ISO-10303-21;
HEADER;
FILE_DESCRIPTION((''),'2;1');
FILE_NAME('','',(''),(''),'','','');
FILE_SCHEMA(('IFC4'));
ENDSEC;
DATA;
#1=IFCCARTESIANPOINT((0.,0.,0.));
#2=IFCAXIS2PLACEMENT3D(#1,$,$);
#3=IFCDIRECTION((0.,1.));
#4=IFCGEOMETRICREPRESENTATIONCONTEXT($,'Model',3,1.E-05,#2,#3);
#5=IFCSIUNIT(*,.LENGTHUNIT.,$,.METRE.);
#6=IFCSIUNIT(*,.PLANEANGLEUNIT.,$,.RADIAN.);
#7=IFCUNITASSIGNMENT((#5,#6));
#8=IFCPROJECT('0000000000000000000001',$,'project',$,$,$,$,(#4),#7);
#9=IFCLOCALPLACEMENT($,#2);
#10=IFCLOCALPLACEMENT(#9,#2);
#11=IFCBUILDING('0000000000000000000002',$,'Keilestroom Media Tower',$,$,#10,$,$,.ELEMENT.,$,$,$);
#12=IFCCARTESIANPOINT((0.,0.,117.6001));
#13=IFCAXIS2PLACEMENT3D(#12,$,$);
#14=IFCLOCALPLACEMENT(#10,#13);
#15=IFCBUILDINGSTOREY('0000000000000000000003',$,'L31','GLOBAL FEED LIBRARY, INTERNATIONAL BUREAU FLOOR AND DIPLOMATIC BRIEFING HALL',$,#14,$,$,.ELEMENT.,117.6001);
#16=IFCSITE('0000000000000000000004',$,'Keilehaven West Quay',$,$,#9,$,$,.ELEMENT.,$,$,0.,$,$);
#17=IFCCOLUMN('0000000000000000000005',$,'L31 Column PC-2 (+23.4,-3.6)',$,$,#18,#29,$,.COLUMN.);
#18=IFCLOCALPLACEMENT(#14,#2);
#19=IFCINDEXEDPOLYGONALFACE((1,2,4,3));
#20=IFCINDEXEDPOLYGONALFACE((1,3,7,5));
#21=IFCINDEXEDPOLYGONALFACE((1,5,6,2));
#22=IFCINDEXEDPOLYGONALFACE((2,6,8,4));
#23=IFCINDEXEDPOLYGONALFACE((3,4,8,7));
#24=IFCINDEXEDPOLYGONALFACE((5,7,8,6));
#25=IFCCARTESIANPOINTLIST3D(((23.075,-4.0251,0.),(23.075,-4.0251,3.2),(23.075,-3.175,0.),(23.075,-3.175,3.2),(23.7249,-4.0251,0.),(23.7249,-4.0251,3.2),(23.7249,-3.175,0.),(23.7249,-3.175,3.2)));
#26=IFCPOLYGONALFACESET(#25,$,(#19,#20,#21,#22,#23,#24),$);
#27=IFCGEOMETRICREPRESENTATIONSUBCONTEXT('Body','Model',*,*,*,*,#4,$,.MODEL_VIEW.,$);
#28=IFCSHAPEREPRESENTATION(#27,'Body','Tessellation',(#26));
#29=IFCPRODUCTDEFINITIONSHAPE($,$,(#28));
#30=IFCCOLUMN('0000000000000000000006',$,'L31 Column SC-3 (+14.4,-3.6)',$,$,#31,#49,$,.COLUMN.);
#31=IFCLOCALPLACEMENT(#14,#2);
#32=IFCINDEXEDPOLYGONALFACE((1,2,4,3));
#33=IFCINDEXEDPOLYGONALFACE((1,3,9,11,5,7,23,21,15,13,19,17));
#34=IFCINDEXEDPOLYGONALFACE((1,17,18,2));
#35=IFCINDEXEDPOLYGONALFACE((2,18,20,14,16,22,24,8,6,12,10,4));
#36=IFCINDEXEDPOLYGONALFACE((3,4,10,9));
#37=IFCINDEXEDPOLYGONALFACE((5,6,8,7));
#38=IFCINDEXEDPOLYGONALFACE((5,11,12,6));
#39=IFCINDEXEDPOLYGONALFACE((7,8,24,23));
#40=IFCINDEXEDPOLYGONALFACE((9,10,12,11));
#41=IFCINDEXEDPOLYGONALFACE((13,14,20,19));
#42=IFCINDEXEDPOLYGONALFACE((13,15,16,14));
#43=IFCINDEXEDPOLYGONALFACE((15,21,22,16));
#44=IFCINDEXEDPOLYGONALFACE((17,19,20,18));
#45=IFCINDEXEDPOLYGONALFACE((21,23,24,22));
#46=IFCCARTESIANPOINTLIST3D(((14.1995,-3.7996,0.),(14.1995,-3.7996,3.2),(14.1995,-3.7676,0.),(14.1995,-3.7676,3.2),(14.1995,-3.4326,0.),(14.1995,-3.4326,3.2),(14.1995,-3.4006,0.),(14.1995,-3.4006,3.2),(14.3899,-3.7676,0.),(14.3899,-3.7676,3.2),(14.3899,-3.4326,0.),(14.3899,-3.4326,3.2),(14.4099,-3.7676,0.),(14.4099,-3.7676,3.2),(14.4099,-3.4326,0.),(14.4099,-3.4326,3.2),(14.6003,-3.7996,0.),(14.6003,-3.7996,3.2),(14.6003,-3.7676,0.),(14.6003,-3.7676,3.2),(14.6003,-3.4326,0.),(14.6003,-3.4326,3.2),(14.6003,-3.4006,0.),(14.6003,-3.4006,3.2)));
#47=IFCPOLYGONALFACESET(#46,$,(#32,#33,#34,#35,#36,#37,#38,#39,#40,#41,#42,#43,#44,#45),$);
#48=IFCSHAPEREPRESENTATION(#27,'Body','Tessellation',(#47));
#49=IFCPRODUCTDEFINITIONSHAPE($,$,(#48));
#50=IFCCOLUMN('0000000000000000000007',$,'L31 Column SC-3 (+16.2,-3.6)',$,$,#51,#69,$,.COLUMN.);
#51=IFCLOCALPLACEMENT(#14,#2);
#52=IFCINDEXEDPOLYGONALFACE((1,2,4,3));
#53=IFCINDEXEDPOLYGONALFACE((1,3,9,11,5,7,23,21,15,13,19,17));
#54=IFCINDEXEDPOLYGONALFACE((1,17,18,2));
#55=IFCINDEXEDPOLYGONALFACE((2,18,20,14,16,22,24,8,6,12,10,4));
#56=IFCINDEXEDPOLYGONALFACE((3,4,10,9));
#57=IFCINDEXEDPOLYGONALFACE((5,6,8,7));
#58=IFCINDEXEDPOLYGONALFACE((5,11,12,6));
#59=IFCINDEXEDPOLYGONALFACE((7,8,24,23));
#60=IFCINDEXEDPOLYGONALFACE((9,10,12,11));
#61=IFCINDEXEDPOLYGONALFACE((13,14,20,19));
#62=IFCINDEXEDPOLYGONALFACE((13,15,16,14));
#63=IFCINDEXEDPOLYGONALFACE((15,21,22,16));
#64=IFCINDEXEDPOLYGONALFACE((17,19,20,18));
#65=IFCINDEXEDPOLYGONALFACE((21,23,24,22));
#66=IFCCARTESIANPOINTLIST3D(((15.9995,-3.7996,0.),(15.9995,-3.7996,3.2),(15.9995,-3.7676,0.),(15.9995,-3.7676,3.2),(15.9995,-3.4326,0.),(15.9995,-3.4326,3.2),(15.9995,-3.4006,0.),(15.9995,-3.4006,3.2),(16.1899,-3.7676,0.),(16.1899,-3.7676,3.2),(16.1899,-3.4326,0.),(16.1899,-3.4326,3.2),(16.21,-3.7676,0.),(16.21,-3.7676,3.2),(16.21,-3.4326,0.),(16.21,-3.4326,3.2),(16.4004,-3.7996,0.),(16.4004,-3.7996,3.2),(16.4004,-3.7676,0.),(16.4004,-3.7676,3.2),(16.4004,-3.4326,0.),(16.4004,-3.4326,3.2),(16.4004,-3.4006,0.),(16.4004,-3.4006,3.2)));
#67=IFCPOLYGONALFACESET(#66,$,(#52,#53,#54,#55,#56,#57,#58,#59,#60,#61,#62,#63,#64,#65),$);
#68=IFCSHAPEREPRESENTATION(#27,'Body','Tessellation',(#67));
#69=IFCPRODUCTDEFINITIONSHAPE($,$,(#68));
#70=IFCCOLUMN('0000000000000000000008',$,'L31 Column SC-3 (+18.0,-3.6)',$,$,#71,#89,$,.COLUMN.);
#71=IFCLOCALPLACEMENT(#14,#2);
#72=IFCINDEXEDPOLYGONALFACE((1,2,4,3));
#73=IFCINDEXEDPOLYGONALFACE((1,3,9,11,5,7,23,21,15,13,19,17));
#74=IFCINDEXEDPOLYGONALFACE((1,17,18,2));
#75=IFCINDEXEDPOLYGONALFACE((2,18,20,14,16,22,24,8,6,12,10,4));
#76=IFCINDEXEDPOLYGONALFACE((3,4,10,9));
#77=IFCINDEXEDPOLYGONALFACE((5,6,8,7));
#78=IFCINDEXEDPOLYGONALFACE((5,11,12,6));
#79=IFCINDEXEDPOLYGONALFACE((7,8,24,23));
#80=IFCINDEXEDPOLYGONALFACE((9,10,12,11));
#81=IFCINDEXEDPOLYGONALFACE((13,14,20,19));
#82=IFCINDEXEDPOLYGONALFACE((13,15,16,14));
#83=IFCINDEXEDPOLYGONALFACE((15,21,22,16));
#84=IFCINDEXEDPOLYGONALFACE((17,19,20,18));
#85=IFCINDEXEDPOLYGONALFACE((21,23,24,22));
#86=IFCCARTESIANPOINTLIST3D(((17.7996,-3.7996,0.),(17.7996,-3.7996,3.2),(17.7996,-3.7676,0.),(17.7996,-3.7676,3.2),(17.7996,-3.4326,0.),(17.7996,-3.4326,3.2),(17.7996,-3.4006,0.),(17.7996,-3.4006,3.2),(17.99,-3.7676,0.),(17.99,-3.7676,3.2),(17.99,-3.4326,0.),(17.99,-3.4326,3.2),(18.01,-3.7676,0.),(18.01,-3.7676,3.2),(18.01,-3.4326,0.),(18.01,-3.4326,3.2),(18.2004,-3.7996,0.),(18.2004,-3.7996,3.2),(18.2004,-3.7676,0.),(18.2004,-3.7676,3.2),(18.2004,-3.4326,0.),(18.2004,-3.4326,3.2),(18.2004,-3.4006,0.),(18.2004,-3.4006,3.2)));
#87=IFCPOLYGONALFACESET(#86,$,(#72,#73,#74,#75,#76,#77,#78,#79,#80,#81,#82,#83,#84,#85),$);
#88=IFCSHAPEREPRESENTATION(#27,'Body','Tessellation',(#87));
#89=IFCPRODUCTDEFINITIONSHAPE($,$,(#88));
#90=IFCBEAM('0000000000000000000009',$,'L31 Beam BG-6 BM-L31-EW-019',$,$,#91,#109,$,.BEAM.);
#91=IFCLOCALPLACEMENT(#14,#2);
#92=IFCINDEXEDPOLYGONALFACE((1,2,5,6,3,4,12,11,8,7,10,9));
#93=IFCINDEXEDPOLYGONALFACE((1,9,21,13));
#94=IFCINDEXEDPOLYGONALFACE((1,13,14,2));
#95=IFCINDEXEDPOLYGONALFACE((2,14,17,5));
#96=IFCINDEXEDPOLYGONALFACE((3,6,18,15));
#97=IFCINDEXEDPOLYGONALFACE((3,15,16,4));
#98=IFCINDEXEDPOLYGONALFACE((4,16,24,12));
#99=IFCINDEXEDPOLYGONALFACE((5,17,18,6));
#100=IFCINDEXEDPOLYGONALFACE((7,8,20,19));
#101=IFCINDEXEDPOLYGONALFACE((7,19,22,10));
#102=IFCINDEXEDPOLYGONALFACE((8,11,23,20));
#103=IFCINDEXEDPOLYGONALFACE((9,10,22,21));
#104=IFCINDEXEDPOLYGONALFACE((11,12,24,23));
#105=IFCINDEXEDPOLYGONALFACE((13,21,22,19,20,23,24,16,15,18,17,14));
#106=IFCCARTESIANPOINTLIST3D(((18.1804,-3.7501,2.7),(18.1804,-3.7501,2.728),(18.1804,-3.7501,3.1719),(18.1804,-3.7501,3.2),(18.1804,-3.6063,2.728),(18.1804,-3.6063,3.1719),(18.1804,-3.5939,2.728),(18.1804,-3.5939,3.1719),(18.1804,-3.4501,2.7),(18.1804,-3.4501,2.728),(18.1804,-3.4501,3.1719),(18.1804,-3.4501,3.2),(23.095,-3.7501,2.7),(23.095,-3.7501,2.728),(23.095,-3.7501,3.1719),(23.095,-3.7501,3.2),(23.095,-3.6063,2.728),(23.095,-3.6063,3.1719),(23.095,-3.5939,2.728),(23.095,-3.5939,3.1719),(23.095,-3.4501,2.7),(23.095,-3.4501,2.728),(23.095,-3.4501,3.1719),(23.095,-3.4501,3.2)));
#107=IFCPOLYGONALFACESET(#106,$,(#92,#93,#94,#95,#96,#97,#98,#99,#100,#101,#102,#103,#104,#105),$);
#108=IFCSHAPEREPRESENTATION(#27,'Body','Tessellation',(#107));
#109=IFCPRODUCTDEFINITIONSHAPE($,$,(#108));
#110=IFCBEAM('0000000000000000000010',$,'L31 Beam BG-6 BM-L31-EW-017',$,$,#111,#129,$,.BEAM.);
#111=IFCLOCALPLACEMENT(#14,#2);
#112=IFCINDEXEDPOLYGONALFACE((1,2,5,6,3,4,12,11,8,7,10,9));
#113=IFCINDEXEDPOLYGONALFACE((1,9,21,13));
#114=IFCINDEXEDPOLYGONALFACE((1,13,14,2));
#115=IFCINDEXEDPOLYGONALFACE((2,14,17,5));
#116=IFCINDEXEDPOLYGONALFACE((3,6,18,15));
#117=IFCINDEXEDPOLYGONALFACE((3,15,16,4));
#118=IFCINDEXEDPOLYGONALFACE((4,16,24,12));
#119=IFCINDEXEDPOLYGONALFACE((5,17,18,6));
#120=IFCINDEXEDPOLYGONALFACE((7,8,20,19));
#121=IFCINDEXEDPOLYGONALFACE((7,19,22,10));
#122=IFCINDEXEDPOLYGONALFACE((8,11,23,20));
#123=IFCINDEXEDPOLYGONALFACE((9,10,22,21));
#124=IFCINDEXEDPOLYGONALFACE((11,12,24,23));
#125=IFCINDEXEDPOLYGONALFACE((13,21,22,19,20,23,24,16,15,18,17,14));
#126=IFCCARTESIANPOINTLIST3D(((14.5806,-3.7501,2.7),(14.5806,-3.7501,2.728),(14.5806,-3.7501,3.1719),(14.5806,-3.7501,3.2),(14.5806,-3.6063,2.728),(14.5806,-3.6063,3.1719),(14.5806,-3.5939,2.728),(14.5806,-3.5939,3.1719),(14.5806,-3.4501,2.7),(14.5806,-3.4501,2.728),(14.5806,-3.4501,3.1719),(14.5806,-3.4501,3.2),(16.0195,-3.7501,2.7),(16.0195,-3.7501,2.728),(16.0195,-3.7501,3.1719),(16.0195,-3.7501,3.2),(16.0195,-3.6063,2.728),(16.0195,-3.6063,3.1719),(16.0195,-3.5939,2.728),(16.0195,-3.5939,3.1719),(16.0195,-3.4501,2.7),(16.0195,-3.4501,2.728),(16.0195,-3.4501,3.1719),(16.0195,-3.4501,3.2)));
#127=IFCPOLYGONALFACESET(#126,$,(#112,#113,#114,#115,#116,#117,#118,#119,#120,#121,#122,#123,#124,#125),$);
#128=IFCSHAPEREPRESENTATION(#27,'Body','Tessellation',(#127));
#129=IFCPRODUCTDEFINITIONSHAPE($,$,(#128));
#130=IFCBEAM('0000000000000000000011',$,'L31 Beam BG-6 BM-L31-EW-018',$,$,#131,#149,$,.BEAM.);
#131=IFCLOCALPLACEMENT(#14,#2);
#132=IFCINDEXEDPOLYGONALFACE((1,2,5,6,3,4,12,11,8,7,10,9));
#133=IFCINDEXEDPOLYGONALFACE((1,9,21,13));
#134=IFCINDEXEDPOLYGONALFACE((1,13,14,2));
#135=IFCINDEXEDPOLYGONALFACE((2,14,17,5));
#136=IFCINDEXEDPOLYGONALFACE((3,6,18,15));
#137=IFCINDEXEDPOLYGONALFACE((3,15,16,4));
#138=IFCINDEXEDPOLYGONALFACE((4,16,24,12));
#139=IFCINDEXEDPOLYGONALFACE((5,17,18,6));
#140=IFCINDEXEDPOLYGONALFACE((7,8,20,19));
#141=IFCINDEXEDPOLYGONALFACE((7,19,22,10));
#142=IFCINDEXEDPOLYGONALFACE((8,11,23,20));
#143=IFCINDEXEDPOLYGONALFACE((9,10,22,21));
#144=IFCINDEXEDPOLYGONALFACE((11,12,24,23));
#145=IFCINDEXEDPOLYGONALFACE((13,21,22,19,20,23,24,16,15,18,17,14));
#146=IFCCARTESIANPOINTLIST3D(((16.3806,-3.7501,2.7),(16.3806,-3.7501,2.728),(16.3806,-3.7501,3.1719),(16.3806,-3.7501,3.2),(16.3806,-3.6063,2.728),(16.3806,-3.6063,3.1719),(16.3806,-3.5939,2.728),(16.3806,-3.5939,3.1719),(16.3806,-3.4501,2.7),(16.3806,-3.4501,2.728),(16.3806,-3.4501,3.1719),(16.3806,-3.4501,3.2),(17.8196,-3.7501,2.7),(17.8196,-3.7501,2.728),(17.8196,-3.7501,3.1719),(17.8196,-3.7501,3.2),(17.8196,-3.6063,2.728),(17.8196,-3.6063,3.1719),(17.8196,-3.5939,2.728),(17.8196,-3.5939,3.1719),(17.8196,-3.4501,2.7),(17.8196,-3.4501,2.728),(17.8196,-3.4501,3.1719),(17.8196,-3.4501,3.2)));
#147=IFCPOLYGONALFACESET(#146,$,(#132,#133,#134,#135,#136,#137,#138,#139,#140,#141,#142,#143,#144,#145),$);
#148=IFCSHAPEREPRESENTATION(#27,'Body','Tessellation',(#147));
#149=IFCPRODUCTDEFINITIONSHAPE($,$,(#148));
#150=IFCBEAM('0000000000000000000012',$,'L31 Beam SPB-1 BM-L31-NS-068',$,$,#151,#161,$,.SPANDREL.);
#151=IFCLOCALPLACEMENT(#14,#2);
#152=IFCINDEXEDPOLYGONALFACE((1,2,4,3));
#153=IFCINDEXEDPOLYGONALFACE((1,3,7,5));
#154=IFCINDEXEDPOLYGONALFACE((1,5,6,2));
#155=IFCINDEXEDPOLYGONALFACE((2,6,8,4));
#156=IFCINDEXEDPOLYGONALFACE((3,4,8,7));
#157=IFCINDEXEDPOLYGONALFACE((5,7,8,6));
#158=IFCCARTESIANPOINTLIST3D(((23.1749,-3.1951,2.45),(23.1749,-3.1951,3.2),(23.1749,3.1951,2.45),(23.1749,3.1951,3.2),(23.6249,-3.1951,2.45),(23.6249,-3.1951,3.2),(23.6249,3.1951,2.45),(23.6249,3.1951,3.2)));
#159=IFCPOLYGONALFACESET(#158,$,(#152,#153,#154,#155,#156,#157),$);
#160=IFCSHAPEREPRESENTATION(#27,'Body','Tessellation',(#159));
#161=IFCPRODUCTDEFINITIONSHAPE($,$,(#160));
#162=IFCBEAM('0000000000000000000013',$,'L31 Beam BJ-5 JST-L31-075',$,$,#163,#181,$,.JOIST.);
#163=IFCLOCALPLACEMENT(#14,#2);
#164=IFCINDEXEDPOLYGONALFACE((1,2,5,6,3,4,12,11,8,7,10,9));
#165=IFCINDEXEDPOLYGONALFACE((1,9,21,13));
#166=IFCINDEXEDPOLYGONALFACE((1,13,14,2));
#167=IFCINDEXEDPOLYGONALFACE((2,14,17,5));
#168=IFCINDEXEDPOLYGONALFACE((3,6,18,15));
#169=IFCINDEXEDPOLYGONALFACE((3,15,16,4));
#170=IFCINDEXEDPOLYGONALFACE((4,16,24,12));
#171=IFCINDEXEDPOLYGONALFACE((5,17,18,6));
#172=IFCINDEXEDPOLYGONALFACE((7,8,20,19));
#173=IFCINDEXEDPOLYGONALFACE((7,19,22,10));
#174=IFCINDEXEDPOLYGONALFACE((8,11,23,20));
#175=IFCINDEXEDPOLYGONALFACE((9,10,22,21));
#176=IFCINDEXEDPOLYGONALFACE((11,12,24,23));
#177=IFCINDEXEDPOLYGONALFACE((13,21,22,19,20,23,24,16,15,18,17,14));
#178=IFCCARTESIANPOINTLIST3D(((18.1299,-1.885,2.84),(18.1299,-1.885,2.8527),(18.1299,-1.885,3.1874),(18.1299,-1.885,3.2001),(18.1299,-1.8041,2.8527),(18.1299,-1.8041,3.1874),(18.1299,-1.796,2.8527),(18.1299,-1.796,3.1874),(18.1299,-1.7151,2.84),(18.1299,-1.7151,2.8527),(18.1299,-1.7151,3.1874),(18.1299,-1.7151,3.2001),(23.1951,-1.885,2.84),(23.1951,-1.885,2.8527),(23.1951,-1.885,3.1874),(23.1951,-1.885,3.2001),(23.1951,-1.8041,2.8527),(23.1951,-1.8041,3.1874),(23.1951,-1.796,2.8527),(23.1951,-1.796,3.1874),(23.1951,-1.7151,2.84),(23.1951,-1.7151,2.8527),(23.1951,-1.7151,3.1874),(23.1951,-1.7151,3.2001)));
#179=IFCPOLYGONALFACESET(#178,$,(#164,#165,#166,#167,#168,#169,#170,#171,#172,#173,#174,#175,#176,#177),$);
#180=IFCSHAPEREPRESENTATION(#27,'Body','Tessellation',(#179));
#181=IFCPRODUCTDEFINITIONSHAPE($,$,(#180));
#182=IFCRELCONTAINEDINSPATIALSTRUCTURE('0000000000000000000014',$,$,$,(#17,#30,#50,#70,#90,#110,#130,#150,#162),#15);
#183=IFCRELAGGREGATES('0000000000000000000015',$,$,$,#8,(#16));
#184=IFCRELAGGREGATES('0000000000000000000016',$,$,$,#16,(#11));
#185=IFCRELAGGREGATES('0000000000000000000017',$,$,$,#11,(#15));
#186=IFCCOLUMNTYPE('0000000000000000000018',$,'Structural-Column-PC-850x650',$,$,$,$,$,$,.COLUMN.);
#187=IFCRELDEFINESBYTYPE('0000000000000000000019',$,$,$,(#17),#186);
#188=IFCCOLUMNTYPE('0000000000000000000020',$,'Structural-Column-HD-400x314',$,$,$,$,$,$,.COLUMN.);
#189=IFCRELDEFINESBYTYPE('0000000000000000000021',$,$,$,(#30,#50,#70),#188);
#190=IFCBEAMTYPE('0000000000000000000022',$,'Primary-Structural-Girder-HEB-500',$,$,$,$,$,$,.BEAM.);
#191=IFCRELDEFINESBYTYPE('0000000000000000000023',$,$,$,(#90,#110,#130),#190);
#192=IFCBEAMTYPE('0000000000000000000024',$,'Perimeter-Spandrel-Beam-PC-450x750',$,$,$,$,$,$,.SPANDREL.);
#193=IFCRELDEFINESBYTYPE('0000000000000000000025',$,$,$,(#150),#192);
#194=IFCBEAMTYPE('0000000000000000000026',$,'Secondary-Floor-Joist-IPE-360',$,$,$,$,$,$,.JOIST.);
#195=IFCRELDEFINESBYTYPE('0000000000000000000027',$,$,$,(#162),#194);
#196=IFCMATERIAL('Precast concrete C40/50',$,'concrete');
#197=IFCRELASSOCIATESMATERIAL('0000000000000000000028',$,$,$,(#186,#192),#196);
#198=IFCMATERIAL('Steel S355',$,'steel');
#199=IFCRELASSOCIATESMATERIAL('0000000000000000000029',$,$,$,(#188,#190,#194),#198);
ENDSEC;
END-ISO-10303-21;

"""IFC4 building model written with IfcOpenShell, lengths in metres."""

from ifc_helpers import new_model, si_unit, direction, frame, origin, origin_2d, place, context, subcontext, project, spatial, rectangle, i_section, extrude, source, transform, mapped, material, material_profile, profile_set, type_object, element, save


model = new_model("IFC4")

# Units and contexts
model_context = context("Model", 3, precision=1e-05, world=origin(), true_north=direction((0.0, 1.0)))
body_context = subcontext(model_context, "Body", "Model", "MODEL_VIEW")
ifc_project = project(units=[si_unit("LENGTHUNIT", "METRE"), si_unit("PLANEANGLEUNIT", "RADIAN")], contexts=[model_context])

# Site, building, storey
site_placement = place(None, origin())
site = spatial("IfcSite", under=ifc_project, at=site_placement, Name="Keilehaven West Quay", CompositionType="ELEMENT", RefElevation=0.0)
building_placement = place(site_placement, origin())
building = spatial("IfcBuilding", under=site, at=building_placement, Name="Keilestroom Media Tower", CompositionType="ELEMENT")
storey_placement = place(building_placement, frame((0.0, 0.0, 117.6001)))
storey = spatial("IfcBuildingStorey", under=building, at=storey_placement, Name="L31", Description="GLOBAL FEED LIBRARY, INTERNATIONAL BUREAU FLOOR AND DIPLOMATIC BRIEFING HALL", CompositionType="ELEMENT", Elevation=117.6001)

# Columns
ifc_material_1 = material(Name="Precast concrete C40/50", Category="concrete")
ifc_material_profile_1 = material_profile(ifc_material_1, rectangle(XDim=0.6499, YDim=0.8501, at=origin_2d()), Name="PC 850x650")
ifc_profile_set_1 = profile_set([ifc_material_profile_1], Name="Precast concrete C40/50")
column_type_1 = type_object("IfcColumnType", Name="Structural-Column-PC-850x650", PredefinedType="COLUMN", material=ifc_profile_set_1)
shared_shape_1 = source(origin(), body_context, "Body", "SweptSolid", [
    extrude(rectangle(XDim=0.6499, YDim=0.8501, at=origin_2d()), origin(), (0.0, 0.0, 1.0), 3.2),
])
column_placement = place(storey_placement, frame((23.3999, -3.6001, 0.0), z_axis=(0.0, 0.0, 1.0), x_axis=(1.0, 0.0, 0.0)))
element("IfcColumn", 1, at=column_placement, inside=storey, type_object=column_type_1, Name="L31 Column PC-2 (+23.4,-3.6)", PredefinedType="COLUMN", context=body_context, shape_type="MappedRepresentation", body=[
    mapped(shared_shape_1, transform((0.0, 0.0, 0.0), x_axis=(1.0, 0.0, 0.0), y_axis=(0.0, 1.0, 0.0), z_axis=(0.0, 0.0, 1.0), scale=1.0)),
])
ifc_material_2 = material(Name="Steel S355", Category="steel")
ifc_material_profile_2 = material_profile(ifc_material_2, i_section(OverallWidth=0.4009, OverallDepth=0.3989, WebThickness=0.02, FlangeThickness=0.032, at=origin_2d()), Name="HD 400x314")
ifc_profile_set_2 = profile_set([ifc_material_profile_2], Name="Steel S355")
column_type_2 = type_object("IfcColumnType", Name="Structural-Column-HD-400x314", PredefinedType="COLUMN", material=ifc_profile_set_2)
shared_shape_2 = source(origin(), body_context, "Body", "SweptSolid", [
    extrude(i_section(OverallWidth=0.4009, OverallDepth=0.3989, WebThickness=0.02, FlangeThickness=0.032, at=origin_2d()), origin(), (0.0, 0.0, 1.0), 3.2),
])
for number, where, z_axis, x_axis, name in (
    (2, (14.3999, -3.6001, 0.0), (0.0, 0.0, 1.0), (1.0, 0.0, 0.0), "L31 Column SC-3 (+14.4,-3.6)"),
    (3, (16.2, -3.6001, 0.0), (0.0, 0.0, 1.0), (1.0, 0.0, 0.0), "L31 Column SC-3 (+16.2,-3.6)"),
    (4, (18.0, -3.6001, 0.0), (0.0, 0.0, 1.0), (1.0, 0.0, 0.0), "L31 Column SC-3 (+18.0,-3.6)"),
):
    element("IfcColumn", number, at=place(storey_placement, frame(where, z_axis=z_axis, x_axis=x_axis)), inside=storey, type_object=column_type_2, Name=name, PredefinedType="COLUMN", context=body_context, shape_type="MappedRepresentation", body=[
        mapped(shared_shape_2, transform((0.0, 0.0, 0.0), x_axis=(1.0, 0.0, 0.0), y_axis=(0.0, 1.0, 0.0), z_axis=(0.0, 0.0, 1.0), scale=1.0)),
    ])

# Beams
ifc_material_profile_3 = material_profile(ifc_material_2, i_section(OverallWidth=0.3, OverallDepth=0.5, WebThickness=0.0125, FlangeThickness=0.0281, at=origin_2d()), Name="HEB 500")
ifc_profile_set_3 = profile_set([ifc_material_profile_3], Name="Steel S355")
beam_type_1 = type_object("IfcBeamType", Name="Primary-Structural-Girder-HEB-500", PredefinedType="BEAM", material=ifc_profile_set_3)
shared_shape_3 = source(origin(), body_context, "Body", "SweptSolid", [
    extrude(i_section(OverallWidth=0.3, OverallDepth=0.5, WebThickness=0.0125, FlangeThickness=0.0281, at=origin_2d()), origin(), (0.0, 0.0, 1.0), 4.9146),
])
beam_1_placement = place(storey_placement, frame((18.1804, -3.6001, 2.95), z_axis=(1.0, 0.0, 0.0), x_axis=(0.0, 1.0, 0.0)))
element("IfcBeam", 5, at=beam_1_placement, inside=storey, type_object=beam_type_1, Name="L31 Beam BG-6 BM-L31-EW-019", PredefinedType="BEAM", context=body_context, shape_type="MappedRepresentation", body=[
    mapped(shared_shape_3, transform((0.0, 0.0, 0.0), x_axis=(1.0, 0.0, 0.0), y_axis=(0.0, 1.0, 0.0), z_axis=(0.0, 0.0, 1.0), scale=1.0)),
])
shared_shape_4 = source(origin(), body_context, "Body", "SweptSolid", [
    extrude(i_section(OverallWidth=0.3, OverallDepth=0.5, WebThickness=0.0125, FlangeThickness=0.0281, at=origin_2d()), origin(), (0.0, 0.0, 1.0), 1.439),
])
for number, where, z_axis, x_axis, name in (
    (6, (14.5806, -3.6001, 2.95), (1.0, 0.0, 0.0), (0.0, 1.0, 0.0), "L31 Beam BG-6 BM-L31-EW-017"),
    (7, (16.3806, -3.6001, 2.95), (1.0, 0.0, 0.0), (0.0, 1.0, 0.0), "L31 Beam BG-6 BM-L31-EW-018"),
):
    element("IfcBeam", number, at=place(storey_placement, frame(where, z_axis=z_axis, x_axis=x_axis)), inside=storey, type_object=beam_type_1, Name=name, PredefinedType="BEAM", context=body_context, shape_type="MappedRepresentation", body=[
        mapped(shared_shape_4, transform((0.0, 0.0, 0.0), x_axis=(1.0, 0.0, 0.0), y_axis=(0.0, 1.0, 0.0), z_axis=(0.0, 0.0, 1.0), scale=1.0)),
    ])
ifc_material_profile_4 = material_profile(ifc_material_1, rectangle(XDim=0.45, YDim=0.75, at=origin_2d()), Name="PC 450x750")
ifc_profile_set_4 = profile_set([ifc_material_profile_4], Name="Precast concrete C40/50")
beam_type_2 = type_object("IfcBeamType", Name="Perimeter-Spandrel-Beam-PC-450x750", PredefinedType="SPANDREL", material=ifc_profile_set_4)
shared_shape_5 = source(origin(), body_context, "Body", "SweptSolid", [
    extrude(rectangle(XDim=0.45, YDim=0.75, at=origin_2d()), origin(), (0.0, 0.0, 1.0), 6.3901),
])
beam_2_placement = place(storey_placement, frame((23.3999, -3.1951, 2.825), z_axis=(0.0, 1.0, 0.0), x_axis=(-1.0, 0.0, 0.0)))
element("IfcBeam", 8, at=beam_2_placement, inside=storey, type_object=beam_type_2, Name="L31 Beam SPB-1 BM-L31-NS-068", PredefinedType="SPANDREL", context=body_context, shape_type="MappedRepresentation", body=[
    mapped(shared_shape_5, transform((0.0, 0.0, 0.0), x_axis=(1.0, 0.0, 0.0), y_axis=(0.0, 1.0, 0.0), z_axis=(0.0, 0.0, 1.0), scale=1.0)),
])
ifc_material_profile_5 = material_profile(ifc_material_2, i_section(OverallWidth=0.1699, OverallDepth=0.3601, WebThickness=0.0081, FlangeThickness=0.0127, at=origin_2d()), Name="IPE 360")
ifc_profile_set_5 = profile_set([ifc_material_profile_5], Name="Steel S355")
beam_type_3 = type_object("IfcBeamType", Name="Secondary-Floor-Joist-IPE-360", PredefinedType="JOIST", material=ifc_profile_set_5)
shared_shape_6 = source(origin(), body_context, "Body", "SweptSolid", [
    extrude(i_section(OverallWidth=0.1699, OverallDepth=0.3601, WebThickness=0.0081, FlangeThickness=0.0127, at=origin_2d()), origin(), (0.0, 0.0, 1.0), 5.0652),
])
beam_3_placement = place(storey_placement, frame((18.1299, -1.8, 3.02), z_axis=(1.0, 0.0, 0.0), x_axis=(0.0, 1.0, 0.0)))
element("IfcBeam", 9, at=beam_3_placement, inside=storey, type_object=beam_type_3, Name="L31 Beam BJ-5 JST-L31-075", PredefinedType="JOIST", context=body_context, shape_type="MappedRepresentation", body=[
    mapped(shared_shape_6, transform((0.0, 0.0, 0.0), x_axis=(1.0, 0.0, 0.0), y_axis=(0.0, 1.0, 0.0), z_axis=(0.0, 0.0, 1.0), scale=1.0)),
])

save(model, "model.ifc")
